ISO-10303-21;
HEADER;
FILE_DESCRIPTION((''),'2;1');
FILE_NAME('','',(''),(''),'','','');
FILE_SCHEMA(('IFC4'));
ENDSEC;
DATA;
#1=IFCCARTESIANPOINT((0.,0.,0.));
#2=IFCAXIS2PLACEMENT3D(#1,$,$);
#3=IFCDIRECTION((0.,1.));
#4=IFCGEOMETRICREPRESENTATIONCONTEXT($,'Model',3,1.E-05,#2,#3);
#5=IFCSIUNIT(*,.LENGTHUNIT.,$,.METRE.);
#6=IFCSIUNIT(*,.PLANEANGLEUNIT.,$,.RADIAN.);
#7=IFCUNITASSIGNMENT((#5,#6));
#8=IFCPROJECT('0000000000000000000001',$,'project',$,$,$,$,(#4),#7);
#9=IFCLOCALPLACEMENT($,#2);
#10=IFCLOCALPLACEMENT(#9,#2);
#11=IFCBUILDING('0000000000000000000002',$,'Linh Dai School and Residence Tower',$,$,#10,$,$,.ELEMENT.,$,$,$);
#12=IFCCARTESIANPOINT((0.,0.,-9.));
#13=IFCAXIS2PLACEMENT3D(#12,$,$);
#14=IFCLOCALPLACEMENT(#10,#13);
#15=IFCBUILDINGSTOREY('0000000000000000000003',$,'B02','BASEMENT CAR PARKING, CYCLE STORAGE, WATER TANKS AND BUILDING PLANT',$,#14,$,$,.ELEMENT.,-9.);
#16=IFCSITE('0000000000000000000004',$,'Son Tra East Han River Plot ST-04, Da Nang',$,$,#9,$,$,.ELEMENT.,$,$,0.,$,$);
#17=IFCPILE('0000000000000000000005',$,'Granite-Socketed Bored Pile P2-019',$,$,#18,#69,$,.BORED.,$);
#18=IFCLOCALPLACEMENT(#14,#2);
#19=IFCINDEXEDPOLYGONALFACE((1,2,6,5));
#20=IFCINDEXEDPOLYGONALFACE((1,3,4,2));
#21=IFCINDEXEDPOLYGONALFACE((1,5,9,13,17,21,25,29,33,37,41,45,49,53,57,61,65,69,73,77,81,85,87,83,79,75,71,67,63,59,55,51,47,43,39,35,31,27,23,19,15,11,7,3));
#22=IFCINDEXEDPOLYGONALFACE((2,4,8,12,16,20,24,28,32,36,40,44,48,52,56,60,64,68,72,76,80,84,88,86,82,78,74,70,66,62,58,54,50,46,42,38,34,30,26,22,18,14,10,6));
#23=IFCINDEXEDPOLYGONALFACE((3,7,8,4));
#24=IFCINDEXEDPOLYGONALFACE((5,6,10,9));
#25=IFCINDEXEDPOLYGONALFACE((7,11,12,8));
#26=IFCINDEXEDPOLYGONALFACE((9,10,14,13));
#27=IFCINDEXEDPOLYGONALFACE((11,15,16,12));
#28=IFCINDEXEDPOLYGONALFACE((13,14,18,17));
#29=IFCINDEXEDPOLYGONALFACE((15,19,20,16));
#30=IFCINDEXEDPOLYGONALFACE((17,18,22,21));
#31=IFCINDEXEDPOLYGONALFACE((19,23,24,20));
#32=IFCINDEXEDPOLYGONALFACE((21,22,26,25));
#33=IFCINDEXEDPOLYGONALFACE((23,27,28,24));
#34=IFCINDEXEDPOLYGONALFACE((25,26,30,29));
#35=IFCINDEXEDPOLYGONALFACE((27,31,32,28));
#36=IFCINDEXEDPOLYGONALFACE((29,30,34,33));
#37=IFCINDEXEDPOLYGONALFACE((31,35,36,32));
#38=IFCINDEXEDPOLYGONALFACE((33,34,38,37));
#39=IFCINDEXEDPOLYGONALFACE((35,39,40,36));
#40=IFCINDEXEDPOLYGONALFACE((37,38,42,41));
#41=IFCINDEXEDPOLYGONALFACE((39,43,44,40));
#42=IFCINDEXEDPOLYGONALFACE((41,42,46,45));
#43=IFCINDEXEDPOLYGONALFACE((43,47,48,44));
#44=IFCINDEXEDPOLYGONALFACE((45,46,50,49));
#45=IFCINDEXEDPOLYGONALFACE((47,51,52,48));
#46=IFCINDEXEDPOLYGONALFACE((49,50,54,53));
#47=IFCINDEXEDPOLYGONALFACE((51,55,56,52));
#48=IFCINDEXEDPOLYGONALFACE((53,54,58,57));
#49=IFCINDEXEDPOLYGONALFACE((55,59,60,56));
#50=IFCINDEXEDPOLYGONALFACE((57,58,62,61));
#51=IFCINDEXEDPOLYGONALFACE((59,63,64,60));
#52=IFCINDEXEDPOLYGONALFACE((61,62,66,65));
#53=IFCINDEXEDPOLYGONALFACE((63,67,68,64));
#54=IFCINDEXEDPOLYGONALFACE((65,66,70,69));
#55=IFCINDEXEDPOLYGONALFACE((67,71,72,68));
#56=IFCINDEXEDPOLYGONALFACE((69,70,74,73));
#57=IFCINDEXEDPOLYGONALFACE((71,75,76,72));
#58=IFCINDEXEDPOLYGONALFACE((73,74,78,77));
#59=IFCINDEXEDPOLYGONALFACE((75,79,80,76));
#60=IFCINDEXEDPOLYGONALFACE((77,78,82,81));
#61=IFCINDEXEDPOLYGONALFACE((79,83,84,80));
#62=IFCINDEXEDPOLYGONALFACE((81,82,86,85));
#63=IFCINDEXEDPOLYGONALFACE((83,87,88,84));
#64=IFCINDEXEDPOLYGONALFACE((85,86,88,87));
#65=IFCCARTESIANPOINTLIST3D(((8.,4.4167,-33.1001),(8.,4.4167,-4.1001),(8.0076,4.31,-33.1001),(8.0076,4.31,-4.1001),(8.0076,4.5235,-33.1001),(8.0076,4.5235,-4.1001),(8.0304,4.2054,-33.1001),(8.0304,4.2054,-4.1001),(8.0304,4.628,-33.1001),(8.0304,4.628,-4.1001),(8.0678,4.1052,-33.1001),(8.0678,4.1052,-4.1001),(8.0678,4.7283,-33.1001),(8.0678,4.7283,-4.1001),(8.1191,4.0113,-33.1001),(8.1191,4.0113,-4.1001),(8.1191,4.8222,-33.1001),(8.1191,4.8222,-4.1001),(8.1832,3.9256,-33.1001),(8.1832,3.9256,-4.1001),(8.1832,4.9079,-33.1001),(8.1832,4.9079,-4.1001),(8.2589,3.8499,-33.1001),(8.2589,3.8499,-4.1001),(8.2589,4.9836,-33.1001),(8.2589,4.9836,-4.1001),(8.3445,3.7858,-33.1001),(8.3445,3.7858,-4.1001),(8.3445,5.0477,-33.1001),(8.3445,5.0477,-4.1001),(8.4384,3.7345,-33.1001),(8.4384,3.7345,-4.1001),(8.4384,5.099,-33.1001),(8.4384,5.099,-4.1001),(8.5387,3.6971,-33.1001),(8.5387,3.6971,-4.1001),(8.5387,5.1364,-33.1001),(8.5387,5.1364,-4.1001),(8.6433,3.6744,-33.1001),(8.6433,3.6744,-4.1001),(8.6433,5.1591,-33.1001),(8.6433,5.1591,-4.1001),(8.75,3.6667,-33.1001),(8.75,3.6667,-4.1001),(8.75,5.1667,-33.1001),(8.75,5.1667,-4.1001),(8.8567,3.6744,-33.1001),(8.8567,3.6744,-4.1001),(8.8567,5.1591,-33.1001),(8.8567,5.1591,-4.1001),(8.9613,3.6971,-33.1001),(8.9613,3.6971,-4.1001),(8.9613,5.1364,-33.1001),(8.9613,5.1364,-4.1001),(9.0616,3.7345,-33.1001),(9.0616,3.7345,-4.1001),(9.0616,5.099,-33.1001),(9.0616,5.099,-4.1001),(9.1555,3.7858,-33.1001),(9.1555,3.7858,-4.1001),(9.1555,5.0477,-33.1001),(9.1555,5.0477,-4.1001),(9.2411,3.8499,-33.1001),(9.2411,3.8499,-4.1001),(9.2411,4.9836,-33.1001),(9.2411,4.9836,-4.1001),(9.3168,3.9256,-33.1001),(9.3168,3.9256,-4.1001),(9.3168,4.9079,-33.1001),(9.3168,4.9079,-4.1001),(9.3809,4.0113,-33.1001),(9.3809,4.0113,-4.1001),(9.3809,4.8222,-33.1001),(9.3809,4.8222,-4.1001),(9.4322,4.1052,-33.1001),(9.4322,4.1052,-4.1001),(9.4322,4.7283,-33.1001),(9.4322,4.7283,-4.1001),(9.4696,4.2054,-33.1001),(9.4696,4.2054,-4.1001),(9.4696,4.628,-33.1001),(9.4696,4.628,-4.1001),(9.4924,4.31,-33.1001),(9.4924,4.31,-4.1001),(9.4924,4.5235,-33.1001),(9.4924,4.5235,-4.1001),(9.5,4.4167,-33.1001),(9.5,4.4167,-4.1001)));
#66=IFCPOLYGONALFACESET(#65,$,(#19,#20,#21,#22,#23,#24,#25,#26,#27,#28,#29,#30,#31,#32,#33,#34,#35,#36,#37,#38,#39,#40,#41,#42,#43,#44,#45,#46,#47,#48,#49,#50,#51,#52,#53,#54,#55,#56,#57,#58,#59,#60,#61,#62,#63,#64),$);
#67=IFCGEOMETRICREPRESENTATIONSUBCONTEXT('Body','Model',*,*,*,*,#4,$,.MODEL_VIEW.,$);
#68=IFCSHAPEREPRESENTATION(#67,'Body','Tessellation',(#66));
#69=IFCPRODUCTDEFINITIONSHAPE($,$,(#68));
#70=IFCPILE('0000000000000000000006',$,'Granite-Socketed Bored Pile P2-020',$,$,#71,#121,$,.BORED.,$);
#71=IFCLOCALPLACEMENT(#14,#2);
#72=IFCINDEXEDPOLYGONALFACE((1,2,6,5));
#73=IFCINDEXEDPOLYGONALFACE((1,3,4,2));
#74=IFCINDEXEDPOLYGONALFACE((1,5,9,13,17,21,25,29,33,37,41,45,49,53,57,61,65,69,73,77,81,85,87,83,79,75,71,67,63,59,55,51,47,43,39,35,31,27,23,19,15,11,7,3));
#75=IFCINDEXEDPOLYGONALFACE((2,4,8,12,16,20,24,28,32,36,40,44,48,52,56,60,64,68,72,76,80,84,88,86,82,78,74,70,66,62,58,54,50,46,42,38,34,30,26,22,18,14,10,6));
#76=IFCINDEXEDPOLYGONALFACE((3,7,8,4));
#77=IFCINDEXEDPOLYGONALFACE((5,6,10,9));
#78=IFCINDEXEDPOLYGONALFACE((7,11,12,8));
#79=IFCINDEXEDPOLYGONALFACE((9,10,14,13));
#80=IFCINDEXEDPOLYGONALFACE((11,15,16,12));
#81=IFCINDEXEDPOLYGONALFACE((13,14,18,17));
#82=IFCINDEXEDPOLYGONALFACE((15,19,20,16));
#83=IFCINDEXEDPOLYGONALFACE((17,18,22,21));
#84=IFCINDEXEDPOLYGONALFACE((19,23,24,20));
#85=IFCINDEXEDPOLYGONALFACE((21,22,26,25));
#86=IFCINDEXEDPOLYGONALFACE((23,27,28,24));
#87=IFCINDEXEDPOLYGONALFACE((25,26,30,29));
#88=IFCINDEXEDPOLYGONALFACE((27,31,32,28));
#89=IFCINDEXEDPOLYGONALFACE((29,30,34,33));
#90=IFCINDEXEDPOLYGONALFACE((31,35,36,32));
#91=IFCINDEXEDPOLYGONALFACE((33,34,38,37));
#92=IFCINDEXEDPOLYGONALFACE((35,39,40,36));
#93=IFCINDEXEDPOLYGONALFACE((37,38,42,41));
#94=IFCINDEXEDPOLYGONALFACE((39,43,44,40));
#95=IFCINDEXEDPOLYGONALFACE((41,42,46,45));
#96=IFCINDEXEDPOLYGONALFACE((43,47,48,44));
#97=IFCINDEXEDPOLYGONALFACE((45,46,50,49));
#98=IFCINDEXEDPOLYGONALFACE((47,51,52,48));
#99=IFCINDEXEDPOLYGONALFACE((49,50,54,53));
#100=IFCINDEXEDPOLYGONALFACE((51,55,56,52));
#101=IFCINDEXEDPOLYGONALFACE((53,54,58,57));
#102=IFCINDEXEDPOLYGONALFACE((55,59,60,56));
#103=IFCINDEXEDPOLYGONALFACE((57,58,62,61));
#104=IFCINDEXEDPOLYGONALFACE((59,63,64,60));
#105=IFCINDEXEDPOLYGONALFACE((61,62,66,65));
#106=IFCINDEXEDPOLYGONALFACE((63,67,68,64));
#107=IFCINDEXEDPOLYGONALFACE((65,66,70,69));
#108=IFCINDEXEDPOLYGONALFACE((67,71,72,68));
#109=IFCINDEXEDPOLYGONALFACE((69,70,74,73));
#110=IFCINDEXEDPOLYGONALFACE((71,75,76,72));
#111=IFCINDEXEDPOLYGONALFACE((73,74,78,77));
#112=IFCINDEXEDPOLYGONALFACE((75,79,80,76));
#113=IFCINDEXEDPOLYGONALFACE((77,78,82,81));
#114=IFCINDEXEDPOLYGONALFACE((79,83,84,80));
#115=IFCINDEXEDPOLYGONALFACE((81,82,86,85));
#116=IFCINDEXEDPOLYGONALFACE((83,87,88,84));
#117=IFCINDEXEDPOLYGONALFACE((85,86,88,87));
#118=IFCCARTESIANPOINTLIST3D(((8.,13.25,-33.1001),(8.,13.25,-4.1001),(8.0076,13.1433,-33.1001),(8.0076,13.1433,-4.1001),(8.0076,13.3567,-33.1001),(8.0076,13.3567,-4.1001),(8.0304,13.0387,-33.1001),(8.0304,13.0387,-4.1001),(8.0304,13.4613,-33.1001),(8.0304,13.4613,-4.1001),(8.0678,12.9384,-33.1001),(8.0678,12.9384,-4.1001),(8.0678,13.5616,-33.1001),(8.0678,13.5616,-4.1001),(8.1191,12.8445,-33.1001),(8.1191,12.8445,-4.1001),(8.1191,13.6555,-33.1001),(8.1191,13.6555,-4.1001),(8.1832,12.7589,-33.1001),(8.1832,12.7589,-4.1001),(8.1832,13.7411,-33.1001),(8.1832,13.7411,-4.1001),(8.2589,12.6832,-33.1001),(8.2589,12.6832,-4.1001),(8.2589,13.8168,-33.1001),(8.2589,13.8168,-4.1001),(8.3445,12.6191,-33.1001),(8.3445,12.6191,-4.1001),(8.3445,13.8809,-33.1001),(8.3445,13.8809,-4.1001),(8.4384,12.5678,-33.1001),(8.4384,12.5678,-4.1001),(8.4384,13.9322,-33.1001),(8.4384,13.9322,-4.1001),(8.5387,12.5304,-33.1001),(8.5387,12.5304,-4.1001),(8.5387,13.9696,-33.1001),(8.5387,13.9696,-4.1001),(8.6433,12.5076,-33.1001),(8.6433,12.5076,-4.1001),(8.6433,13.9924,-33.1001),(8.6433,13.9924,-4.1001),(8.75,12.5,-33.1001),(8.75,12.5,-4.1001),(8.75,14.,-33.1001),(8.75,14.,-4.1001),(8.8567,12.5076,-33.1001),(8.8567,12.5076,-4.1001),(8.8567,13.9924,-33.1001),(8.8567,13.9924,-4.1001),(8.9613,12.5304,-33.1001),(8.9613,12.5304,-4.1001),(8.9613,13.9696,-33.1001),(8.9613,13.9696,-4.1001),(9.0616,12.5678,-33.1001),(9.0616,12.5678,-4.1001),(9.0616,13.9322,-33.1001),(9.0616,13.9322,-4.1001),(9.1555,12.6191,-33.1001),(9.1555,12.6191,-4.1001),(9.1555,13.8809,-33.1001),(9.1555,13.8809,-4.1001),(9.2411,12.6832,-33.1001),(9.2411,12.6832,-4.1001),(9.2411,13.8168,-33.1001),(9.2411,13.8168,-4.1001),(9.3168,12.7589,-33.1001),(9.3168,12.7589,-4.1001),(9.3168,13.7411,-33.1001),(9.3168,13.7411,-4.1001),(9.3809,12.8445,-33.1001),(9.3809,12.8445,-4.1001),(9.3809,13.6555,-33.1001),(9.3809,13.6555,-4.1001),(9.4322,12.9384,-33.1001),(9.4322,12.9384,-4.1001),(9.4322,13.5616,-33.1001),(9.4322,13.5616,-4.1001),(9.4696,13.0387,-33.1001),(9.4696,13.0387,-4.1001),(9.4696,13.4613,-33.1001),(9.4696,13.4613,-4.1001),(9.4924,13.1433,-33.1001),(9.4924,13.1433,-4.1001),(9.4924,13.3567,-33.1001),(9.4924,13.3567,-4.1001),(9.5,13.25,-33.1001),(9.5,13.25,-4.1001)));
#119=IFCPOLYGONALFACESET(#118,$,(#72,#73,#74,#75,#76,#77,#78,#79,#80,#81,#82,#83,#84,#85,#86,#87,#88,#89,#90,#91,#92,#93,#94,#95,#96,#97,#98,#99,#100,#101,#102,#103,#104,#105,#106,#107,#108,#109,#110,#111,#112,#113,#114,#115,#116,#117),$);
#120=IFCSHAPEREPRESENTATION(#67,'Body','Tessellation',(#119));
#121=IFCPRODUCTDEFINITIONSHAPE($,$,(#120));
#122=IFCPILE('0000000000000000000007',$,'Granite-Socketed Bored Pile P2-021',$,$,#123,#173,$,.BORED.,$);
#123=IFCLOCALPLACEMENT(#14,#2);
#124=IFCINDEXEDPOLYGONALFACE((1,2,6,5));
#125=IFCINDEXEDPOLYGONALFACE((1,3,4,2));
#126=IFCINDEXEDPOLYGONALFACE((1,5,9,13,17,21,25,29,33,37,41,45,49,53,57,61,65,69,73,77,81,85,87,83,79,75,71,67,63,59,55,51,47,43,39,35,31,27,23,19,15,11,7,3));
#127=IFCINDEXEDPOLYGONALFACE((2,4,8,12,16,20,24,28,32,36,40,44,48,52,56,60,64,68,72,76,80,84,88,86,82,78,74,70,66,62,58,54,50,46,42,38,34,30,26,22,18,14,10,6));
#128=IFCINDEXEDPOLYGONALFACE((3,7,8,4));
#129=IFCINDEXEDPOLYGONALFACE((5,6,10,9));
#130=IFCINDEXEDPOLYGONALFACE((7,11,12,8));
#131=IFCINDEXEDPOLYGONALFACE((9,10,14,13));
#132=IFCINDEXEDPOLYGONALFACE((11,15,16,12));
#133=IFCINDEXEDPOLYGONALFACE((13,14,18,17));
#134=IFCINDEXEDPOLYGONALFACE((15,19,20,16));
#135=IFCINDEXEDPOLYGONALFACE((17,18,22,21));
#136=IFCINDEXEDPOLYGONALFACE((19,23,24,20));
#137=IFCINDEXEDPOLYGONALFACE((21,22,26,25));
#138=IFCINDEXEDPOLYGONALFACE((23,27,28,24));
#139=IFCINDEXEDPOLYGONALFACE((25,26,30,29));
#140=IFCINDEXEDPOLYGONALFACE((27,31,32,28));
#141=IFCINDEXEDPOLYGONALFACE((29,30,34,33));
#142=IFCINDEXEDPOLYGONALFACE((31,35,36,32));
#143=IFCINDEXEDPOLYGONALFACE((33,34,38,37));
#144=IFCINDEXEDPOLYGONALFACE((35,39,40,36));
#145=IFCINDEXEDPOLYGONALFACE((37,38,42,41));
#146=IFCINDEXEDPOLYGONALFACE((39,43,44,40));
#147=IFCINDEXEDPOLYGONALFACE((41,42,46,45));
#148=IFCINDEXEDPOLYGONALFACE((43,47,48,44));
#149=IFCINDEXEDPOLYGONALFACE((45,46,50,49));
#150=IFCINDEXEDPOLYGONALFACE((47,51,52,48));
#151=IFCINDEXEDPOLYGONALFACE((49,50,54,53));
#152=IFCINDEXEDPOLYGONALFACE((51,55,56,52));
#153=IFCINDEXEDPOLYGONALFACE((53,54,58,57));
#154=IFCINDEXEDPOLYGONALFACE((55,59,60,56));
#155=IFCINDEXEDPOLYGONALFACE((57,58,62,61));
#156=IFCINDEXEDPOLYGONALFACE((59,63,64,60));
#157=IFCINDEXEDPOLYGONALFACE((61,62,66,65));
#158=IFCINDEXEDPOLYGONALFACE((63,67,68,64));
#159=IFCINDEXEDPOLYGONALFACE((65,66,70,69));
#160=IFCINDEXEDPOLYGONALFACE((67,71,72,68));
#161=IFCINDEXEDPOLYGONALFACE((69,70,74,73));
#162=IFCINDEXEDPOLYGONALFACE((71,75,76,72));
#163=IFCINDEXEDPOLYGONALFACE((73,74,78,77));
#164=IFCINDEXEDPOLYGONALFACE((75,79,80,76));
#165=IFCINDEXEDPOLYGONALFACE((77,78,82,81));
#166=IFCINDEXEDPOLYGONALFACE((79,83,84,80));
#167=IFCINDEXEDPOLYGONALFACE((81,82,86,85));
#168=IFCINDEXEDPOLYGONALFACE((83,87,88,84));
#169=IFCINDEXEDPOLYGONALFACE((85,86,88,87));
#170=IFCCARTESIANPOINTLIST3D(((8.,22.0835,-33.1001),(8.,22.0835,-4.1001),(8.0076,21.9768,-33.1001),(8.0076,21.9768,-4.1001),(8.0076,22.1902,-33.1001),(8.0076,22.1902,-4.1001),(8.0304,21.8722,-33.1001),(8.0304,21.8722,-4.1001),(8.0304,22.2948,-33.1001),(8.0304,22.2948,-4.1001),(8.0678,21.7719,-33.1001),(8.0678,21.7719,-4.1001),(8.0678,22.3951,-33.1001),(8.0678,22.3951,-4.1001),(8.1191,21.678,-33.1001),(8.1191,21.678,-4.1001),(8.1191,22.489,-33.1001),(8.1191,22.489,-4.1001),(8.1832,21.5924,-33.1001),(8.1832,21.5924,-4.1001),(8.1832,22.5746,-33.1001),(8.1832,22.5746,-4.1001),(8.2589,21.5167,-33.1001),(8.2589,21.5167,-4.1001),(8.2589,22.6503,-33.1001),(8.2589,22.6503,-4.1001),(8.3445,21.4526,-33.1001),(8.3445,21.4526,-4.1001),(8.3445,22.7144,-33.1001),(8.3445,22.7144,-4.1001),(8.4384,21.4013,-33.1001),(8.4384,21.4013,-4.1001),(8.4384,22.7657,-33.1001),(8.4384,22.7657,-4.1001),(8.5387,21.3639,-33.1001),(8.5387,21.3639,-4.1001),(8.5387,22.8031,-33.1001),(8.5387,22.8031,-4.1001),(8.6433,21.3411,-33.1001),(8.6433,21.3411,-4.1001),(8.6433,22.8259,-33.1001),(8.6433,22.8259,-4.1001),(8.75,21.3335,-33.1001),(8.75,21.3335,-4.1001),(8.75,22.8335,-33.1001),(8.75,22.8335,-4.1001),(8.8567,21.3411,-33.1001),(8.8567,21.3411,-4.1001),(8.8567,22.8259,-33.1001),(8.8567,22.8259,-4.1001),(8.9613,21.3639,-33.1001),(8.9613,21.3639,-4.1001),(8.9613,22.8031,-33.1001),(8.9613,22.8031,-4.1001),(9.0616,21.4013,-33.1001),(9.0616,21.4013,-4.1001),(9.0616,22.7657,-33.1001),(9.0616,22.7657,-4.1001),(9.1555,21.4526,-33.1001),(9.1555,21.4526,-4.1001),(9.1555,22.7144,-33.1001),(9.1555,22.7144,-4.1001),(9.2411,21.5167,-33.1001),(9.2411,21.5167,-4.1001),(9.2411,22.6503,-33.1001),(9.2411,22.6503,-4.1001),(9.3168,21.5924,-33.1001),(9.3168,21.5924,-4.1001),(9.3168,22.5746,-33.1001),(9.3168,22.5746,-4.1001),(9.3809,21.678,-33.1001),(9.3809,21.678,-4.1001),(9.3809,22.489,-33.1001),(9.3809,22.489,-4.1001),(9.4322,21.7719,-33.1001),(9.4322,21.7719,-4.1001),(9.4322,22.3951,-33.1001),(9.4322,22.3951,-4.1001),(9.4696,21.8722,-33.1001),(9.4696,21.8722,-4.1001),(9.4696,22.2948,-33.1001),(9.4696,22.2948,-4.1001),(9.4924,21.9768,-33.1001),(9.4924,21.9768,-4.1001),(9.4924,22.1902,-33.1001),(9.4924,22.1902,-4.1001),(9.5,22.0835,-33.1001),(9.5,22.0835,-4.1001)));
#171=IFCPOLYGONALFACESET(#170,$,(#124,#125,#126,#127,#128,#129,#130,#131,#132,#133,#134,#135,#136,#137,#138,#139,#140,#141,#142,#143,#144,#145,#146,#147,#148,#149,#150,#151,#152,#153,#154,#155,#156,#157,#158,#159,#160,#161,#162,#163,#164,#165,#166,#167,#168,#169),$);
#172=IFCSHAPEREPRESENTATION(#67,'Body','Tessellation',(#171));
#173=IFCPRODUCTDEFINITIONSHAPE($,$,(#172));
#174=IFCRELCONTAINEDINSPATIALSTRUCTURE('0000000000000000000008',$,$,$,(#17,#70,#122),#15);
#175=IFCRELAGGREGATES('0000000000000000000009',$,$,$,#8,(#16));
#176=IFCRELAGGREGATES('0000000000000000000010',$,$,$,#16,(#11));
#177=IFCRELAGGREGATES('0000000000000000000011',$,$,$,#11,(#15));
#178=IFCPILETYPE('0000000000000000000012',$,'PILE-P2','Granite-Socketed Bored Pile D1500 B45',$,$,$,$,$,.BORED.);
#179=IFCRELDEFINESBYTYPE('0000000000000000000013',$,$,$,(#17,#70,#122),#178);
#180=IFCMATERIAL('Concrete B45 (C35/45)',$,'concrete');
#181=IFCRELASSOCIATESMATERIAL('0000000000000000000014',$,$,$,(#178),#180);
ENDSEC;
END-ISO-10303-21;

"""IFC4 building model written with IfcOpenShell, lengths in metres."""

from ifc_helpers import new_model, si_unit, direction, frame, origin, origin_2d, place, context, subcontext, project, spatial, circle, extrude, material, material_profile, profile_set, type_object, element, save


model = new_model("IFC4")

# Units and contexts
model_context = context("Model", 3, precision=1e-05, world=origin(), true_north=direction((0.0, 1.0)))
body_context = subcontext(model_context, "Body", "Model", "MODEL_VIEW")
ifc_project = project(units=[si_unit("LENGTHUNIT", "METRE"), si_unit("PLANEANGLEUNIT", "RADIAN")], contexts=[model_context])

# Site, building, storey
site_placement = place(None, origin())
site = spatial("IfcSite", under=ifc_project, at=site_placement, Name="Son Tra East Han River Plot ST-04, Da Nang", CompositionType="ELEMENT", RefElevation=0.0)
building_placement = place(site_placement, origin())
building = spatial("IfcBuilding", under=site, at=building_placement, Name="Linh Dai School and Residence Tower", CompositionType="ELEMENT")
storey_placement = place(building_placement, frame((0.0, 0.0, -9.0)))
storey = spatial("IfcBuildingStorey", under=building, at=storey_placement, Name="B02", Description="BASEMENT CAR PARKING, CYCLE STORAGE, WATER TANKS AND BUILDING PLANT", CompositionType="ELEMENT", Elevation=-9.0)

# Piles
ifc_material_1 = material(Name="Concrete B45 (C35/45)", Category="concrete")
ifc_material_profile_1 = material_profile(ifc_material_1, circle(Radius=0.75, at=origin_2d()), Name="PILE D1500")
ifc_profile_set_1 = profile_set([ifc_material_profile_1], Name="Concrete B45 (C35/45)")
pile_type_1 = type_object("IfcPileType", Name="PILE-P2", Description="Granite-Socketed Bored Pile D1500 B45", PredefinedType="BORED", material=ifc_profile_set_1)
for number, where, z_axis, x_axis, name in (
    (1, (8.75, 4.4167, -4.1001), (0.0, 0.0, -1.0), (1.0, 0.0, 0.0), "Granite-Socketed Bored Pile P2-019"),
    (2, (8.75, 13.25, -4.1001), (0.0, 0.0, -1.0), (1.0, 0.0, 0.0), "Granite-Socketed Bored Pile P2-020"),
    (3, (8.75, 22.0835, -4.1001), (0.0, 0.0, -1.0), (1.0, 0.0, 0.0), "Granite-Socketed Bored Pile P2-021"),
):
    element("IfcPile", number, at=place(storey_placement, frame(where, z_axis=z_axis, x_axis=x_axis)), inside=storey, type_object=pile_type_1, Name=name, PredefinedType="BORED", context=body_context, shape_type="SweptSolid", body=[
        extrude(circle(Radius=0.75, at=origin_2d()), origin(), (0.0, 0.0, 1.0), 29.0),
    ])

save(model, "model.ifc")
